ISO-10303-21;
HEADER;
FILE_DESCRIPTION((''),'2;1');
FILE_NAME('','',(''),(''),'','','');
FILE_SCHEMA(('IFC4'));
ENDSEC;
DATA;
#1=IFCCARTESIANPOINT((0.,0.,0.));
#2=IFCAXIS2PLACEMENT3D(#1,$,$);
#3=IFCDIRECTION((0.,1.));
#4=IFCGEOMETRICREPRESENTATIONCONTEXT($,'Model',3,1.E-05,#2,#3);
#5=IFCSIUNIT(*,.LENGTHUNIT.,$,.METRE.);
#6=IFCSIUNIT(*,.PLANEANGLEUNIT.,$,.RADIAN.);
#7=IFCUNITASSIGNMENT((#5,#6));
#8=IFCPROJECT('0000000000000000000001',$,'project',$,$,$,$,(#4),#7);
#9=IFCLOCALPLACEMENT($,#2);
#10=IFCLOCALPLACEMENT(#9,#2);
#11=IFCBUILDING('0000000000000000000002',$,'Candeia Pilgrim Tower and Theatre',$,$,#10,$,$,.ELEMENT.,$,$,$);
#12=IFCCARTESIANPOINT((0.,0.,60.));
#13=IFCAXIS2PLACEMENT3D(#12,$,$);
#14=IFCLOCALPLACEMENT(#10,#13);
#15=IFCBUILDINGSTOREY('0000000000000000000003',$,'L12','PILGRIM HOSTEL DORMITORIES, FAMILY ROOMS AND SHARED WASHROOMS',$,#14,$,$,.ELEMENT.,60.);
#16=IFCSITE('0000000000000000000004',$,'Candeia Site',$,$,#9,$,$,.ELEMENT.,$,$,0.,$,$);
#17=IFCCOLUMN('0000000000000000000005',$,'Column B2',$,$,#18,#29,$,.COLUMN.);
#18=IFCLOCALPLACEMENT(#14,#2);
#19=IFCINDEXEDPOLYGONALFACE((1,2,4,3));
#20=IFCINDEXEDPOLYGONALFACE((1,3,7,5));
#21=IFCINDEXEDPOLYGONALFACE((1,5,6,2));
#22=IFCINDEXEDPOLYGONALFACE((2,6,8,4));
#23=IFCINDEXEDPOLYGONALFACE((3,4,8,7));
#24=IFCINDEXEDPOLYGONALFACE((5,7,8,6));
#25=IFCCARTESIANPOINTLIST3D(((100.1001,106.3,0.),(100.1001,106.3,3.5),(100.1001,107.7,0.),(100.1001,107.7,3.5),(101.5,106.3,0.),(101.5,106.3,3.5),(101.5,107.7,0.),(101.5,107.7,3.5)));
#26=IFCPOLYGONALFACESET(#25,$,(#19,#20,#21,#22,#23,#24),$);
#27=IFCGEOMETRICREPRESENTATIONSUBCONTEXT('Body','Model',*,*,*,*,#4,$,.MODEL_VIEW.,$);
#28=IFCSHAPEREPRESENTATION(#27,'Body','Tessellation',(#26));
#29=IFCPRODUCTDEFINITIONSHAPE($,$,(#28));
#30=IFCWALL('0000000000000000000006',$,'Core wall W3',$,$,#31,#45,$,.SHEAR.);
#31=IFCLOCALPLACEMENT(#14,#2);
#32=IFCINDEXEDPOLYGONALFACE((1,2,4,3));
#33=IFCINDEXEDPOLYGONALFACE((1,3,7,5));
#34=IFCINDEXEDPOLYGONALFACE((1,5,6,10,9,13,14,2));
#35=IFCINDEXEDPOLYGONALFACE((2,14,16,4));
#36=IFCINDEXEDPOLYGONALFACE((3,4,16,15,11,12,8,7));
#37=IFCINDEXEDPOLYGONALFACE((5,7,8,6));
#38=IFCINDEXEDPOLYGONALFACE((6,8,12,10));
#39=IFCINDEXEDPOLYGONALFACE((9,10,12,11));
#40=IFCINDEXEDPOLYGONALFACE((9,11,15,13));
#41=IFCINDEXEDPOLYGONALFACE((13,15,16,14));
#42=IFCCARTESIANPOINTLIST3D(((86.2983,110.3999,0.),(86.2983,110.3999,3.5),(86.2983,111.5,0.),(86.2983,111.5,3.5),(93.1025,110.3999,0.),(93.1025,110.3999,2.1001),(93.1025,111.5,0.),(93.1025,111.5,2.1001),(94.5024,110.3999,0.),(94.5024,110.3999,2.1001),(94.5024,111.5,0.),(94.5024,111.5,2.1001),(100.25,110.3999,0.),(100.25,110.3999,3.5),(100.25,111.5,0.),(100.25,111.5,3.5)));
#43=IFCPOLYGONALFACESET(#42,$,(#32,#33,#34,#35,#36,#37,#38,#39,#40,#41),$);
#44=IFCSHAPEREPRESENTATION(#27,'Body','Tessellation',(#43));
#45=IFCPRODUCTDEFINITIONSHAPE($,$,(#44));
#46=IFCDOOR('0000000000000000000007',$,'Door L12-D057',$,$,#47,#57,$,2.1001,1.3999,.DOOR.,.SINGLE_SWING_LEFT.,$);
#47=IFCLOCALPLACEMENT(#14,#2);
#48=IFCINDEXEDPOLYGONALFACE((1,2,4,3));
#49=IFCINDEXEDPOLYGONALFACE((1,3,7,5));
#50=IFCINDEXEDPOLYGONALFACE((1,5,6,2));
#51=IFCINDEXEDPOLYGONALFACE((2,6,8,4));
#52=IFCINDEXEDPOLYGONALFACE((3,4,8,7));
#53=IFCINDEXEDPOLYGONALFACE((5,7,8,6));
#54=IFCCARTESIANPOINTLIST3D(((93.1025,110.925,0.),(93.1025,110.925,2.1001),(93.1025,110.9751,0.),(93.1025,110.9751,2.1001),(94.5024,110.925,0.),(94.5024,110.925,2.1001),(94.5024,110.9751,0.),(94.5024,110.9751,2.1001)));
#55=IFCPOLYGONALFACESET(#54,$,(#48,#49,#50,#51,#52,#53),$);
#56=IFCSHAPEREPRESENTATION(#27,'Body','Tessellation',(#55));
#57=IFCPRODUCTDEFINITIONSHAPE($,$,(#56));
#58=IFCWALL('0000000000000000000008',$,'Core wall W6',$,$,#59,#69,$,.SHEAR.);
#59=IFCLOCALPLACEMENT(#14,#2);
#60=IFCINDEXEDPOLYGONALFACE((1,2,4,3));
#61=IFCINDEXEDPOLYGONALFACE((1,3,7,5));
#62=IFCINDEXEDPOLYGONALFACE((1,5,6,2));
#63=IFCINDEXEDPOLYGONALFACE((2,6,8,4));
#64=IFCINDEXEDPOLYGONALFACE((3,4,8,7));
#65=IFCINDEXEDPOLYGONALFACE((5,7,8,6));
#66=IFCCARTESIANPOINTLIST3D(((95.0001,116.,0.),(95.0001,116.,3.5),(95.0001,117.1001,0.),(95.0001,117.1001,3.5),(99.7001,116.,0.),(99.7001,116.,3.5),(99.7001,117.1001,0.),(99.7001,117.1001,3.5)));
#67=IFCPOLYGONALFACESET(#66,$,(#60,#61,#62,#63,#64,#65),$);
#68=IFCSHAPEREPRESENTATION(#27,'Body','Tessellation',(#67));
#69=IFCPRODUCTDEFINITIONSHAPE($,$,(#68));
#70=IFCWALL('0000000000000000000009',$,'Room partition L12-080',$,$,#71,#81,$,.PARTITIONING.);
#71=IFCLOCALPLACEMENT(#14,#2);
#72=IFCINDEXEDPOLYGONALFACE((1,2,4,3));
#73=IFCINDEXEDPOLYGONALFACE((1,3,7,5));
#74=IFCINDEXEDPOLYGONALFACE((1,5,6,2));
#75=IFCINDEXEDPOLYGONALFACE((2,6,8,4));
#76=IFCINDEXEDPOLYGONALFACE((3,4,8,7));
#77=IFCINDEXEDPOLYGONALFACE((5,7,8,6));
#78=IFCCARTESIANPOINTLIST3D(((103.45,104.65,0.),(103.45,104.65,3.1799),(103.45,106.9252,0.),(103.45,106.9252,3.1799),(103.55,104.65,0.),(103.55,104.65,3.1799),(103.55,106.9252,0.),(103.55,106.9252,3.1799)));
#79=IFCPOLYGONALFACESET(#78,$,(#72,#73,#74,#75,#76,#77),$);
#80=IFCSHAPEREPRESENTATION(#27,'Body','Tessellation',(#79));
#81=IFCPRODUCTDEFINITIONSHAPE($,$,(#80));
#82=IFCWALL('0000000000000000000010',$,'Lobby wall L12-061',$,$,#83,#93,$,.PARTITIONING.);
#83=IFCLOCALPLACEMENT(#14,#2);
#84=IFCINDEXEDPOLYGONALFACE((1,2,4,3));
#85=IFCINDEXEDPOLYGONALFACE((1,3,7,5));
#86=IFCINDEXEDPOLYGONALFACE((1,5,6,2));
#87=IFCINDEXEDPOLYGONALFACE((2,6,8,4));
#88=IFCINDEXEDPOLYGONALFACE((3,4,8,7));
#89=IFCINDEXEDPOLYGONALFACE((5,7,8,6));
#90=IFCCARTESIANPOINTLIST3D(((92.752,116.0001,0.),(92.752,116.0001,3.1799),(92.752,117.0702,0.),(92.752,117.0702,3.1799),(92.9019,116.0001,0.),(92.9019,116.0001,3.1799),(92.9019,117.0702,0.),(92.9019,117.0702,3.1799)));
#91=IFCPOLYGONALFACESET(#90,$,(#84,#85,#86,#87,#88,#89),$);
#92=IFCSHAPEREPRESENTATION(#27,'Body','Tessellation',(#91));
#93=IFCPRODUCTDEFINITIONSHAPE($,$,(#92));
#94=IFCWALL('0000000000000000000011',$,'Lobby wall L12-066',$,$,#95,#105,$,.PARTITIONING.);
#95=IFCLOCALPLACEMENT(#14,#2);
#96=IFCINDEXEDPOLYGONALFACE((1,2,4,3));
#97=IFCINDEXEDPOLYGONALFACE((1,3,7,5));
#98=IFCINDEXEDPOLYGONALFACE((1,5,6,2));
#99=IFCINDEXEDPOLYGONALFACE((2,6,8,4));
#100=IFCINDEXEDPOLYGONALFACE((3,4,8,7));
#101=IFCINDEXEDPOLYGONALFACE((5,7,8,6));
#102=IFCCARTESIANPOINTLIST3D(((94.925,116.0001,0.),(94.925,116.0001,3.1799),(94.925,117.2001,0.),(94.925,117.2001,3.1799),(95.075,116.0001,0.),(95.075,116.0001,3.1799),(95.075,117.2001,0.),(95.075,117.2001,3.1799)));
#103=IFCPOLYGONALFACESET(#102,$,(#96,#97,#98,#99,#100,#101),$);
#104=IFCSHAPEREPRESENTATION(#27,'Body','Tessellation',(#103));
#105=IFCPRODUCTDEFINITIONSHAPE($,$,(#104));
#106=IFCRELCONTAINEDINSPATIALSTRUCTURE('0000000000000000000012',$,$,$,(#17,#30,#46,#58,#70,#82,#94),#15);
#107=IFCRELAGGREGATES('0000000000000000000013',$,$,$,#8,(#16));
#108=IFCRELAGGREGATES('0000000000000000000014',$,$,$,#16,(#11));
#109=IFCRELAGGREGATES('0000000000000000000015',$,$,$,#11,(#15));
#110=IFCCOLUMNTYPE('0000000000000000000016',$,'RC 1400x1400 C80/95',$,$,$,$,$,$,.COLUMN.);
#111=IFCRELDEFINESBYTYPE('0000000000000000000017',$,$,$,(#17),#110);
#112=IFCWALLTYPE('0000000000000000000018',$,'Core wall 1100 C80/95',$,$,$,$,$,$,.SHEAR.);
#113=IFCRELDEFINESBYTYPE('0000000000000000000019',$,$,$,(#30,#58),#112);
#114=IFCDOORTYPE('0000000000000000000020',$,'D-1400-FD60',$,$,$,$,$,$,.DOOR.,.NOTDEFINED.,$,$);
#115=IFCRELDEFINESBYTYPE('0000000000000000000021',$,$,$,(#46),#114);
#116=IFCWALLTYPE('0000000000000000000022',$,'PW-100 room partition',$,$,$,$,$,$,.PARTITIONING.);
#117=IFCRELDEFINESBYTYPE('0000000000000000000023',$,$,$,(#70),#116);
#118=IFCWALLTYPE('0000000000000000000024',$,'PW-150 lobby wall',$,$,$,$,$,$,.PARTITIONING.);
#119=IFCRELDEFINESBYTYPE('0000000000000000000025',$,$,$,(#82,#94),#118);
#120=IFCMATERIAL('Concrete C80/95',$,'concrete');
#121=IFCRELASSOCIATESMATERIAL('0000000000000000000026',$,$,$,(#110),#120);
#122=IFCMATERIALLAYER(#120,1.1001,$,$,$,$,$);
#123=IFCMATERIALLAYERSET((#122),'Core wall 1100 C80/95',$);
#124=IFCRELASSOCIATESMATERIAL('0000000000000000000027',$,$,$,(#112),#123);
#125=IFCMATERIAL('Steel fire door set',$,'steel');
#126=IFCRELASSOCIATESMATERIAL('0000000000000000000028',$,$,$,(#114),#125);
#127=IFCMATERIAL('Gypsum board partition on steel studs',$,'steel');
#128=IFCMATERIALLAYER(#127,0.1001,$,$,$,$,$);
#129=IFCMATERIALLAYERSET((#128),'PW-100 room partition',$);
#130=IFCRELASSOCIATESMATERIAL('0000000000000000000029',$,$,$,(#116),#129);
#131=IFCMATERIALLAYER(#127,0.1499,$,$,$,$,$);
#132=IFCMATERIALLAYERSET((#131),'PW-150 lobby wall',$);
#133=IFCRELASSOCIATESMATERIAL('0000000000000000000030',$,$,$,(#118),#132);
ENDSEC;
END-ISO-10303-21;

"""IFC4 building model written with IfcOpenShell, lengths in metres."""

from ifc_helpers import new_model, si_unit, direction, frame, frame_2d, origin, origin_2d, place, context, subcontext, project, spatial, rectangle, extrude, material, layer, layer_set, material_profile, profile_set, type_object, element, fill, save


model = new_model("IFC4")

# Units and contexts
model_context = context("Model", 3, precision=1e-05, world=origin(), true_north=direction((0.0, 1.0)))
body_context = subcontext(model_context, "Body", "Model", "MODEL_VIEW")
ifc_project = project(units=[si_unit("LENGTHUNIT", "METRE"), si_unit("PLANEANGLEUNIT", "RADIAN")], contexts=[model_context])

# Site, building, storey
site_placement = place(None, origin())
site = spatial("IfcSite", under=ifc_project, at=site_placement, Name="Candeia Site", CompositionType="ELEMENT", RefElevation=0.0)
building_placement = place(site_placement, origin())
building = spatial("IfcBuilding", under=site, at=building_placement, Name="Candeia Pilgrim Tower and Theatre", CompositionType="ELEMENT")
storey_placement = place(building_placement, frame((0.0, 0.0, 60.0)))
storey = spatial("IfcBuildingStorey", under=building, at=storey_placement, Name="L12", Description="PILGRIM HOSTEL DORMITORIES, FAMILY ROOMS AND SHARED WASHROOMS", CompositionType="ELEMENT", Elevation=60.0)

# Column
ifc_material_1 = material(Name="Concrete C80/95", Category="concrete")
ifc_material_profile = material_profile(ifc_material_1, rectangle(XDim=1.3999, YDim=1.3999, at=origin_2d()))
ifc_profile_set = profile_set([ifc_material_profile], Name="Concrete C80/95")
column_type = type_object("IfcColumnType", Name="RC 1400x1400 C80/95", PredefinedType="COLUMN", material=ifc_profile_set)
column_placement = place(storey_placement, frame((100.8, 107.0, 0.0), z_axis=(0.0, 0.0, 1.0), x_axis=(1.0, 0.0, 0.0)))
element("IfcColumn", 1, at=column_placement, inside=storey, type_object=column_type, Name="Column B2", PredefinedType="COLUMN", context=body_context, shape_type="SweptSolid", body=[
    extrude(rectangle(XDim=1.3999, YDim=1.3999, at=origin_2d()), origin(), (0.0, 0.0, 1.0), 3.5),
])

# Wall, opening, door
ifc_layer_1 = layer(ifc_material_1, 1.1001)
ifc_layer_set_1 = layer_set([ifc_layer_1], Name="Core wall 1100 C80/95")
wall_type_1 = type_object("IfcWallType", Name="Core wall 1100 C80/95", PredefinedType="SHEAR", material=ifc_layer_set_1)
wall_1_placement = place(storey_placement, frame((100.25, 110.95, 0.0), z_axis=(0.0, 0.0, 1.0), x_axis=(-1.0, 0.0, 0.0)))
wall_1 = element("IfcWall", 2, at=wall_1_placement, inside=storey, type_object=wall_type_1, Name="Core wall W3", PredefinedType="SHEAR", context=body_context, shape_type="SweptSolid", body=[
    extrude(rectangle(XDim=13.9517, YDim=1.1001, at=frame_2d((6.9758, 0.0))), origin(), (0.0, 0.0, 1.0), 3.5),
])
opening_1_placement = place(wall_1_placement, frame((5.7476, 0.0, 0.0)))
opening_1 = element("IfcOpeningElement", 3, at=opening_1_placement, cuts=wall_1, PredefinedType="OPENING", context=body_context, shape_type="SweptSolid", body=[
    extrude(rectangle(XDim=1.3999, YDim=2.1001, at=frame_2d((0.7, 1.05))), frame((0.0, 0.5601, 0.0), z_axis=(0.0, -1.0, 0.0), x_axis=(1.0, 0.0, 0.0)), (0.0, 0.0, 1.0), 1.1201),
])
ifc_material_2 = material(Name="Steel fire door set", Category="steel")
door_type_1 = type_object("IfcDoorType", Name="D-1400-FD60", OperationType="NOTDEFINED", PredefinedType="DOOR", material=ifc_material_2)
door_1_placement = place(opening_1_placement, origin())
door_1 = element("IfcDoor", 4, at=door_1_placement, inside=storey, type_object=door_type_1, Name="Door L12-D057", OperationType="SINGLE_SWING_LEFT", OverallHeight=2.1001, OverallWidth=1.3999, PredefinedType="DOOR", context=body_context, shape_type="SweptSolid", body=[
    extrude(rectangle(XDim=1.3999, YDim=2.1001, at=frame_2d((0.7, 1.05))), frame((0.0, 0.0249, 0.0), z_axis=(0.0, -1.0, 0.0), x_axis=(1.0, 0.0, 0.0)), (0.0, 0.0, 1.0), 0.05),
])
fill(opening_1, door_1)

# Walls
wall_2_placement = place(storey_placement, frame((95.0, 116.55, 0.0), z_axis=(0.0, 0.0, 1.0), x_axis=(1.0, 0.0, 0.0)))
element("IfcWall", 5, at=wall_2_placement, inside=storey, type_object=wall_type_1, Name="Core wall W6", PredefinedType="SHEAR", context=body_context, shape_type="SweptSolid", body=[
    extrude(rectangle(XDim=4.7, YDim=1.1001, at=frame_2d((2.3501, 0.0))), origin(), (0.0, 0.0, 1.0), 3.5),
])
ifc_material_3 = material(Name="Gypsum board partition on steel studs", Category="steel")
ifc_layer_2 = layer(ifc_material_3, 0.1001)
ifc_layer_set_2 = layer_set([ifc_layer_2], Name="PW-100 room partition")
wall_type_2 = type_object("IfcWallType", Name="PW-100 room partition", PredefinedType="PARTITIONING", material=ifc_layer_set_2)
wall_3_placement = place(storey_placement, frame((103.5, 104.6499, 0.0), z_axis=(0.0, 0.0, 1.0), x_axis=(0.0, 1.0, 0.0)))
element("IfcWall", 6, at=wall_3_placement, inside=storey, type_object=wall_type_2, Name="Room partition L12-080", PredefinedType="PARTITIONING", context=body_context, shape_type="SweptSolid", body=[
    extrude(rectangle(XDim=2.2751, YDim=0.1001, at=frame_2d((1.1377, 0.0))), origin(), (0.0, 0.0, 1.0), 3.1799),
])
ifc_layer_3 = layer(ifc_material_3, 0.1499)
ifc_layer_set_3 = layer_set([ifc_layer_3], Name="PW-150 lobby wall")
wall_type_3 = type_object("IfcWallType", Name="PW-150 lobby wall", PredefinedType="PARTITIONING", material=ifc_layer_set_3)
wall_4_placement = place(storey_placement, frame((92.8269, 116.0, 0.0), z_axis=(0.0, 0.0, 1.0), x_axis=(0.0, 1.0, 0.0)))
element("IfcWall", 7, at=wall_4_placement, inside=storey, type_object=wall_type_3, Name="Lobby wall L12-061", PredefinedType="PARTITIONING", context=body_context, shape_type="SweptSolid", body=[
    extrude(rectangle(XDim=1.0701, YDim=0.1499, at=frame_2d((0.5352, 0.0))), origin(), (0.0, 0.0, 1.0), 3.1799),
])
wall_5_placement = place(storey_placement, frame((95.0, 116.0, 0.0), z_axis=(0.0, 0.0, 1.0), x_axis=(0.0, 1.0, 0.0)))
element("IfcWall", 8, at=wall_5_placement, inside=storey, type_object=wall_type_3, Name="Lobby wall L12-066", PredefinedType="PARTITIONING", context=body_context, shape_type="SweptSolid", body=[
    extrude(rectangle(XDim=1.2, YDim=0.1499, at=frame_2d((0.6001, 0.0))), origin(), (0.0, 0.0, 1.0), 3.1799),
])

save(model, "model.ifc")
